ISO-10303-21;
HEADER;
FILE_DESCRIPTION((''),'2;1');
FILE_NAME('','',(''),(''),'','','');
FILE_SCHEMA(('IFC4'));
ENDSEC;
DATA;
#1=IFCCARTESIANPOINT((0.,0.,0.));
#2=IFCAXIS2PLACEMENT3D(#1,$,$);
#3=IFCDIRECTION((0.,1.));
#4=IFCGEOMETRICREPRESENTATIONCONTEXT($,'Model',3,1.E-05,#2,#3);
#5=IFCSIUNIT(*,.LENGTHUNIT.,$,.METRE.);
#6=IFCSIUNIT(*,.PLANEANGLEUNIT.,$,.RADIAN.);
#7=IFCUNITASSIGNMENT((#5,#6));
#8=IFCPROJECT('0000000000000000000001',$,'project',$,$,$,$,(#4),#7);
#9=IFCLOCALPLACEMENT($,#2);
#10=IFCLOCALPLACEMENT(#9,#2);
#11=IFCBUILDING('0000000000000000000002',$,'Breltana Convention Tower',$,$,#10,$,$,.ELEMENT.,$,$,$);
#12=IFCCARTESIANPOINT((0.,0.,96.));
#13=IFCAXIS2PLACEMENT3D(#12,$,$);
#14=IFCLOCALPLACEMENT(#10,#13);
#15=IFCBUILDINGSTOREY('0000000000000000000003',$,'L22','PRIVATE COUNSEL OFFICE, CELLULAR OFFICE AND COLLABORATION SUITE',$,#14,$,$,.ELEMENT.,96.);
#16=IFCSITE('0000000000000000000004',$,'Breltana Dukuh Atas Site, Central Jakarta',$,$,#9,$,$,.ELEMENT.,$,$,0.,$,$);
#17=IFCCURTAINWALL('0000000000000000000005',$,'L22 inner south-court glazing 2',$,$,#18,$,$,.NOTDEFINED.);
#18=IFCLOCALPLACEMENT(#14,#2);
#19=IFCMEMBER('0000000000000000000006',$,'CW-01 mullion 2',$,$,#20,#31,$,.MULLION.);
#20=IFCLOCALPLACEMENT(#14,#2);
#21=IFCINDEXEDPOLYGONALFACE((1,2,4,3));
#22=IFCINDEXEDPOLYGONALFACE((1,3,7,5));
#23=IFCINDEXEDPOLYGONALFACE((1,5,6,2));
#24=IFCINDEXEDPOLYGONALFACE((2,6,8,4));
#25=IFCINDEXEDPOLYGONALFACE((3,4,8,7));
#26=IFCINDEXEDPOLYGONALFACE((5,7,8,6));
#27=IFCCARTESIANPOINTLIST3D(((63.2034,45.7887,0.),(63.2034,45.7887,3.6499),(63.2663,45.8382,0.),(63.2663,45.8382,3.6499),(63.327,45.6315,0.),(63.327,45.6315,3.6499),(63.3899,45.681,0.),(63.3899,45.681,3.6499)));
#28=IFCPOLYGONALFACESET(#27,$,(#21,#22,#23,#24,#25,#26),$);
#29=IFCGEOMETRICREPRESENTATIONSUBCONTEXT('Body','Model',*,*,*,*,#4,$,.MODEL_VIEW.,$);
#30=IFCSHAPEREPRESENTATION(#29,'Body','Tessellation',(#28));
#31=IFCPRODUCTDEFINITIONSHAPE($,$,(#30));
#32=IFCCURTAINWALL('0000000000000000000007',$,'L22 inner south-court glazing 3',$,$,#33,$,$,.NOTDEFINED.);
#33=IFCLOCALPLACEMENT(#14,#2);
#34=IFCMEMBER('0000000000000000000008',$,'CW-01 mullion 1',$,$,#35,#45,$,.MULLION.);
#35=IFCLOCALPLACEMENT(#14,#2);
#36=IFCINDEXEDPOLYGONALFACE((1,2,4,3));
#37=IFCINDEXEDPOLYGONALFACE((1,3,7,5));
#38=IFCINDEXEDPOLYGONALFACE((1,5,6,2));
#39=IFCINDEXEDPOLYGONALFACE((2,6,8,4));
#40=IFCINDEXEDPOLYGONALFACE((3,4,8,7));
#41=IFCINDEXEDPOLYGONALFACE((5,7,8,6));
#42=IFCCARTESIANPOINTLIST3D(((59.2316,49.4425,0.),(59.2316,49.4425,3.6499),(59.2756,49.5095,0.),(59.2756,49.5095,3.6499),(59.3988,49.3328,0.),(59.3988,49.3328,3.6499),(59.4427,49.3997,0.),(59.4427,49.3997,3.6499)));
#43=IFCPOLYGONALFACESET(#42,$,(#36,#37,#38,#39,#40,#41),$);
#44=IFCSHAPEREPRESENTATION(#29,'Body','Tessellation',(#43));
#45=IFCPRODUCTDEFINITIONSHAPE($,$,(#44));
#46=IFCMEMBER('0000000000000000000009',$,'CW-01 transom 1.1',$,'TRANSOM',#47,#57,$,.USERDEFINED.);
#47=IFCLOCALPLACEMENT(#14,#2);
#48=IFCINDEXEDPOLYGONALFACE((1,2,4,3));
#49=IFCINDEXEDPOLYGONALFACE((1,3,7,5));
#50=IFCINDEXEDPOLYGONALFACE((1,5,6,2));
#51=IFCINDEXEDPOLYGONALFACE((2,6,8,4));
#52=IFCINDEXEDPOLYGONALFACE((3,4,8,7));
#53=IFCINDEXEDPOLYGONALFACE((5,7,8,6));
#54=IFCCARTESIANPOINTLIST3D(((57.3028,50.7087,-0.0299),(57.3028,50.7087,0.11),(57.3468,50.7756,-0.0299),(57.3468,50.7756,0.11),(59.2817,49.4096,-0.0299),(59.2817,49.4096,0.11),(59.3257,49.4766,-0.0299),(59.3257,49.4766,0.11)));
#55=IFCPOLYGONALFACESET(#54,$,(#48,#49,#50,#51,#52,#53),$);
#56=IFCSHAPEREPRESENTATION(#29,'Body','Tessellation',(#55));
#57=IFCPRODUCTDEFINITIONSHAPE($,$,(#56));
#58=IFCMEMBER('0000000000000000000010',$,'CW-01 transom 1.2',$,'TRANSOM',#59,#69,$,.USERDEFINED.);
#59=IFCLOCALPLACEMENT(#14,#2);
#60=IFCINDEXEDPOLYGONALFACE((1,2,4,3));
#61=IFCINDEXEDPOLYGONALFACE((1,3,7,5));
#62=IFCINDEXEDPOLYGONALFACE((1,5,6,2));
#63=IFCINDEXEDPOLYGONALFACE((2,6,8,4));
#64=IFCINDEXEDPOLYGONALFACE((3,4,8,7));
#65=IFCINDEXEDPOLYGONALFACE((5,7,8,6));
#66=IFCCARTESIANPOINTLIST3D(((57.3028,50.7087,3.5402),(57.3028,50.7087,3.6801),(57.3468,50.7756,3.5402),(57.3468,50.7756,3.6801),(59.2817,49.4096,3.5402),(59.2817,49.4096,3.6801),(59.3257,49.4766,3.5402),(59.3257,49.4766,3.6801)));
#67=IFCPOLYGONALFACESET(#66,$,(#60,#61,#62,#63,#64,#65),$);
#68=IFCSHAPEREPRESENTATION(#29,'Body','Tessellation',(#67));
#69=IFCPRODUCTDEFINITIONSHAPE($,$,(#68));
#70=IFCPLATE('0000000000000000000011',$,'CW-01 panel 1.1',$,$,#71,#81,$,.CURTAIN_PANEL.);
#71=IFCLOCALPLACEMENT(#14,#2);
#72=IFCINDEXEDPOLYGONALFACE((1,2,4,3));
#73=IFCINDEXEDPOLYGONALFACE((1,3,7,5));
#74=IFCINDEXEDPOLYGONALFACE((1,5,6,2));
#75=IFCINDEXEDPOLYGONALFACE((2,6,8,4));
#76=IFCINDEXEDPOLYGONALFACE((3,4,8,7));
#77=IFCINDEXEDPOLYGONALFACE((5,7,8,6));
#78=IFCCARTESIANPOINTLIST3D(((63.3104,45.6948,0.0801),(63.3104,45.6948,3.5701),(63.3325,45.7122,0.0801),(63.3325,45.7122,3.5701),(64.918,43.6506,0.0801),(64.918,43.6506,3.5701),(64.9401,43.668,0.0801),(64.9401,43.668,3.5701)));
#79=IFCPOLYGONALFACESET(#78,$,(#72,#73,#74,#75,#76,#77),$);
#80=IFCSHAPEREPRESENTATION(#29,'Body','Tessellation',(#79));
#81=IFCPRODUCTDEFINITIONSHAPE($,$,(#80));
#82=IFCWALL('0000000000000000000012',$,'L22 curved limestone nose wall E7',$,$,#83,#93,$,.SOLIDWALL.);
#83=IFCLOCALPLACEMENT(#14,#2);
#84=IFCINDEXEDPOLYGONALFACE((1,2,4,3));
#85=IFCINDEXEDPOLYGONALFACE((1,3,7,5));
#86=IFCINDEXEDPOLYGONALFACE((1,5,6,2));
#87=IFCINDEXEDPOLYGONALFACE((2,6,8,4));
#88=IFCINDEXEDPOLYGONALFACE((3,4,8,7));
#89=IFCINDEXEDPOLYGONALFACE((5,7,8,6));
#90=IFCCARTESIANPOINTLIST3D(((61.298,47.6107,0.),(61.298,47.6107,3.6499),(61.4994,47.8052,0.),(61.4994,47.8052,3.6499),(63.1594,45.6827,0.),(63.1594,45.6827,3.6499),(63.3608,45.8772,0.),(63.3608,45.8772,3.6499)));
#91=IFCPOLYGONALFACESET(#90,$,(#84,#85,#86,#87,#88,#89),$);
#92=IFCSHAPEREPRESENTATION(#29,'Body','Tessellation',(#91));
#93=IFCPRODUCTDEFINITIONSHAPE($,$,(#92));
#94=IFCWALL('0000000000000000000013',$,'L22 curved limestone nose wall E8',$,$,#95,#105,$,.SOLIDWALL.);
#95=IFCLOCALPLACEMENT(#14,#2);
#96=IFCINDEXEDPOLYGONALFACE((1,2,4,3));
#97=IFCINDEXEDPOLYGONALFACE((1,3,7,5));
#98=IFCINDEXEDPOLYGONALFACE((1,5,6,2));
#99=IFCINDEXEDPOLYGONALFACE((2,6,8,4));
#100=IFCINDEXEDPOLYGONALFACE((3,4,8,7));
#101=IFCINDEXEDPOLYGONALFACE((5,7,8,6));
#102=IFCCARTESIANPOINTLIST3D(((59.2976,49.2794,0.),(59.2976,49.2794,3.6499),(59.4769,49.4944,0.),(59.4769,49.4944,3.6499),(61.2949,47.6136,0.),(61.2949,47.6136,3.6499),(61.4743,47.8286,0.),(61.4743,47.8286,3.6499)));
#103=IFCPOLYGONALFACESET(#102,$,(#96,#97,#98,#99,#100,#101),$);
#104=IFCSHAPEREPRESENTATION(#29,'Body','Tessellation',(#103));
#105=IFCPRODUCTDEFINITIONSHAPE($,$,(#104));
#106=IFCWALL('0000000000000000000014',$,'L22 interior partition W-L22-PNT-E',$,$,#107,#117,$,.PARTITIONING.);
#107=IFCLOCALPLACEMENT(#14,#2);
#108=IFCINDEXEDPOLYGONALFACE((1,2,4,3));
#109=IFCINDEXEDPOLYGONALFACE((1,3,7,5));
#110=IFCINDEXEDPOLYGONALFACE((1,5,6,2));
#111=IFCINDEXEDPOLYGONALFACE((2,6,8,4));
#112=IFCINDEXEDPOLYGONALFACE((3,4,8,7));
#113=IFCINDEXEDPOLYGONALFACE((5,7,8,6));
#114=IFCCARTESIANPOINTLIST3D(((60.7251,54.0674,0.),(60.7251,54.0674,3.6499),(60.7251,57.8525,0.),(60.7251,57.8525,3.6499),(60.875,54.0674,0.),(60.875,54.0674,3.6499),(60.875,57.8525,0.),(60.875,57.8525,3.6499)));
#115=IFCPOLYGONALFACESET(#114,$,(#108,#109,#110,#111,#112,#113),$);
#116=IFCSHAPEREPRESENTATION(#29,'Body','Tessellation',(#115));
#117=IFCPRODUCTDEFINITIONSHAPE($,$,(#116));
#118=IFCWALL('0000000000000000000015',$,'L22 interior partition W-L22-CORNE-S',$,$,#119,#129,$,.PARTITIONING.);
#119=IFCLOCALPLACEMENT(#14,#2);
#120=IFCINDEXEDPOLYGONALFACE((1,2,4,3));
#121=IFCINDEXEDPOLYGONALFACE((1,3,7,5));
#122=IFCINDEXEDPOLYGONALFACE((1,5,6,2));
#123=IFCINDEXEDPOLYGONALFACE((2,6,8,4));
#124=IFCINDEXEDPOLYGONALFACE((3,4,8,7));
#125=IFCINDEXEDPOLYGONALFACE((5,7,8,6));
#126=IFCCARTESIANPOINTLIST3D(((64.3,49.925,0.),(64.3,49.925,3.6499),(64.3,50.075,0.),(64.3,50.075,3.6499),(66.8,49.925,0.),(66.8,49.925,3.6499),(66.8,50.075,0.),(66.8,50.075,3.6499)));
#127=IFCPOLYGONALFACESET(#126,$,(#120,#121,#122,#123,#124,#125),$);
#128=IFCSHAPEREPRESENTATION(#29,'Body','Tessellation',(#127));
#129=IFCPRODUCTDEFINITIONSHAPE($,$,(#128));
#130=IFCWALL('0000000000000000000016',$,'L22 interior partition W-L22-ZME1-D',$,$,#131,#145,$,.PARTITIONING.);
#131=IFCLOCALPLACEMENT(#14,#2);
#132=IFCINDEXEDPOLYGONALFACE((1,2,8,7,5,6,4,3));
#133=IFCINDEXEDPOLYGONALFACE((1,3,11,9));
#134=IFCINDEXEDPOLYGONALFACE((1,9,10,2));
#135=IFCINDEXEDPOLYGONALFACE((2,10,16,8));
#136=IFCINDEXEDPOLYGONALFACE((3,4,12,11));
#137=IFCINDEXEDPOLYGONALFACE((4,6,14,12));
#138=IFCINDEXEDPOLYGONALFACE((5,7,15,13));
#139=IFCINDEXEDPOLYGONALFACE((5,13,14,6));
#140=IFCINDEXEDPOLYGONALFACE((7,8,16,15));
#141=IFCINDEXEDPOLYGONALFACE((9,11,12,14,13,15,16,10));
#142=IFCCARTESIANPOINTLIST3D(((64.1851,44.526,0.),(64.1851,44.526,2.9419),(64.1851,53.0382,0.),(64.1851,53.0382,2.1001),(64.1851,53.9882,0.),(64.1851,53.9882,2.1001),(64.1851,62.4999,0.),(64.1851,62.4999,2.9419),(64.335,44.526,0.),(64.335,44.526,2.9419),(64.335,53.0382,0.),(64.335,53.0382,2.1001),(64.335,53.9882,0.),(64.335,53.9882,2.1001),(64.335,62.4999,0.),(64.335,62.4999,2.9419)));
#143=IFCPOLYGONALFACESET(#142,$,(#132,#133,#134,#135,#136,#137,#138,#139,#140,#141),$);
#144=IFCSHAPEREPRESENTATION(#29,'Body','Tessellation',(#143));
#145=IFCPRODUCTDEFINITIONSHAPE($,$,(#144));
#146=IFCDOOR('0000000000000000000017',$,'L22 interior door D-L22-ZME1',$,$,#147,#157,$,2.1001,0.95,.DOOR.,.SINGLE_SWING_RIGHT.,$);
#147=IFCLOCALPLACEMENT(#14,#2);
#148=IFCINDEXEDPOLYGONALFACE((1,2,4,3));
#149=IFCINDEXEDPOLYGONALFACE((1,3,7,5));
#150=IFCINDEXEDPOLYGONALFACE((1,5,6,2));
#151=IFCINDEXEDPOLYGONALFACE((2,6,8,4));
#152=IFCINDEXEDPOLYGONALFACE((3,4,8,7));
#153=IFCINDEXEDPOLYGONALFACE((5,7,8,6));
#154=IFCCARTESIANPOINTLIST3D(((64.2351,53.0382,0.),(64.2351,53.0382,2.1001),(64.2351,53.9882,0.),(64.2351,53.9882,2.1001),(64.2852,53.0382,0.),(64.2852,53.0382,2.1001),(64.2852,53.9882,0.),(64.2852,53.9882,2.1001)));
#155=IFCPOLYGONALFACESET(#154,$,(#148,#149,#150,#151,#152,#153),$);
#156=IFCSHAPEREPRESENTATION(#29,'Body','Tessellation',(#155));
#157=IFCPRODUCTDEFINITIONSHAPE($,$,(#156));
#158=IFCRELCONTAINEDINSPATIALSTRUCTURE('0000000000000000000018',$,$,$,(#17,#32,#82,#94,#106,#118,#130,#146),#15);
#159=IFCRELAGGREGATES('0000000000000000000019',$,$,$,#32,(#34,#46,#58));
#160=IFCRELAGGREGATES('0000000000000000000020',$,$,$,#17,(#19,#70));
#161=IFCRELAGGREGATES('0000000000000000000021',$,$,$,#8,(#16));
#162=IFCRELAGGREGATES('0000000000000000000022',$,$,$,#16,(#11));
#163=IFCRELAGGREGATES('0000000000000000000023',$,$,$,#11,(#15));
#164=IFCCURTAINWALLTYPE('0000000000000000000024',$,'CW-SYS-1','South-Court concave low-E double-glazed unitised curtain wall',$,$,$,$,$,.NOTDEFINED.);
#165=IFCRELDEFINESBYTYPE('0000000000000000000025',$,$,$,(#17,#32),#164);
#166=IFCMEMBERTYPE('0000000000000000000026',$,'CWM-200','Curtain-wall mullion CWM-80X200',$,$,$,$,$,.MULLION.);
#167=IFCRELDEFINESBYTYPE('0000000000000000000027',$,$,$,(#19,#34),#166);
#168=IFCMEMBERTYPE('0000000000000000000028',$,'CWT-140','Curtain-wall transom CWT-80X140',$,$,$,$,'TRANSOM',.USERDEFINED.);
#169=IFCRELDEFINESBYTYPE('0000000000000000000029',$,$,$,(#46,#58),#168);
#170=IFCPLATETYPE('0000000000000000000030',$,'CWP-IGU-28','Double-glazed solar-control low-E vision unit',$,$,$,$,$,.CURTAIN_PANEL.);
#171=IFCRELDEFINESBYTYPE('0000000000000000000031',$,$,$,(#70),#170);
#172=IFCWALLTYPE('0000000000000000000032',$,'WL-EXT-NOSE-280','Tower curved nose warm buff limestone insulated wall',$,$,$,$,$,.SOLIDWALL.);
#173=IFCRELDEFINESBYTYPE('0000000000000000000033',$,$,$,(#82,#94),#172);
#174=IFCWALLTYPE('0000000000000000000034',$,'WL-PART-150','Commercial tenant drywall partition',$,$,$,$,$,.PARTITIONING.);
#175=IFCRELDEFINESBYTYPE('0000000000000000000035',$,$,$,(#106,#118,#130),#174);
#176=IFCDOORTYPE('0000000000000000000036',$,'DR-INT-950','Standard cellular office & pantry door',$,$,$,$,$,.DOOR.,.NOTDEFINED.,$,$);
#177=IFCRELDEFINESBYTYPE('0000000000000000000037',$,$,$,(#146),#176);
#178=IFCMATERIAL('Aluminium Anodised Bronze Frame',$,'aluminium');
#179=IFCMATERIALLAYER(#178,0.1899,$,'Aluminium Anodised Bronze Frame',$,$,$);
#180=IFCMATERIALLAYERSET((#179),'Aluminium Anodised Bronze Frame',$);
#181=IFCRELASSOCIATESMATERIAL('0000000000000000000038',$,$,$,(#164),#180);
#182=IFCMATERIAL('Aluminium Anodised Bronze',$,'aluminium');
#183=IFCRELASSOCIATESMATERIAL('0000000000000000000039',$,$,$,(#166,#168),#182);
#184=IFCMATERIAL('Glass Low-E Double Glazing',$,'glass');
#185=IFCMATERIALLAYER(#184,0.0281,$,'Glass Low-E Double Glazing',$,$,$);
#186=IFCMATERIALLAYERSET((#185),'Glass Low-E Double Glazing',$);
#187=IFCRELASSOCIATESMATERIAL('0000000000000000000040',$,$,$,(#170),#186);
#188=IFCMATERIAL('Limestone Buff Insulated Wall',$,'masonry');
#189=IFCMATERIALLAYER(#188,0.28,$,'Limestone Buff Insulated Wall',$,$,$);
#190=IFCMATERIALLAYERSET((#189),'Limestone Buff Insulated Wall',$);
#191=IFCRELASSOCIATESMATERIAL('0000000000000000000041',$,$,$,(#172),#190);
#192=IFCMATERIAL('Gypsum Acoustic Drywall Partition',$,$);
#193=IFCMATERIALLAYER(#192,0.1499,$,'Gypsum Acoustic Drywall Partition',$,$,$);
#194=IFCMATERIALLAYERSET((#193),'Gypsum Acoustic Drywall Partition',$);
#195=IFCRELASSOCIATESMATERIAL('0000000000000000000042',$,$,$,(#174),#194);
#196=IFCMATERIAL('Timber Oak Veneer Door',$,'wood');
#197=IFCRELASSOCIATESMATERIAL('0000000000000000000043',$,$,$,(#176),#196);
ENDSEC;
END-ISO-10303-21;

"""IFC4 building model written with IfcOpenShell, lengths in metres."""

from ifc_helpers import new_model, si_unit, direction, frame, frame_2d, origin, origin_2d, place, context, subcontext, project, spatial, rectangle, extrude, source, transform, mapped, material, layer, layer_set, material_profile, profile_set, type_object, type_shapes, element, fill, aggregate, save


model = new_model("IFC4")

# Units and contexts
model_context = context("Model", 3, precision=1e-05, world=origin(), true_north=direction((0.0, 1.0)))
body_context = subcontext(model_context, "Body", "Model", "MODEL_VIEW")
ifc_project = project(units=[si_unit("LENGTHUNIT", "METRE"), si_unit("PLANEANGLEUNIT", "RADIAN")], contexts=[model_context])

# Site, building, storey
site_placement = place(None, origin())
site = spatial("IfcSite", under=ifc_project, at=site_placement, Name="Breltana Dukuh Atas Site, Central Jakarta", CompositionType="ELEMENT", RefElevation=0.0)
building_placement = place(site_placement, origin())
building = spatial("IfcBuilding", under=site, at=building_placement, Name="Breltana Convention Tower", CompositionType="ELEMENT")
storey_placement = place(building_placement, frame((0.0, 0.0, 96.0)))
storey = spatial("IfcBuildingStorey", under=building, at=storey_placement, Name="L22", Description="PRIVATE COUNSEL OFFICE, CELLULAR OFFICE AND COLLABORATION SUITE", CompositionType="ELEMENT", Elevation=96.0)

# Curtain wall, member
ifc_material_1 = material(Name="Aluminium Anodised Bronze Frame", Category="aluminium")
ifc_layer_1 = layer(ifc_material_1, 0.1899, Name="Aluminium Anodised Bronze Frame")
ifc_layer_set_1 = layer_set([ifc_layer_1], Name="Aluminium Anodised Bronze Frame")
curtain_wall_type = type_object("IfcCurtainWallType", Name="CW-SYS-1", Description="South-Court concave low-E double-glazed unitised curtain wall", PredefinedType="NOTDEFINED", material=ifc_layer_set_1)
curtain_wall_1_placement = place(storey_placement, origin())
curtain_wall_1 = element("IfcCurtainWall", 1, at=curtain_wall_1_placement, inside=storey, type_object=curtain_wall_type, Name="L22 inner south-court glazing 2", PredefinedType="NOTDEFINED")
ifc_material_2 = material(Name="Aluminium Anodised Bronze", Category="aluminium")
ifc_material_profile_1 = material_profile(ifc_material_2, rectangle(XDim=0.0801, YDim=0.2, at=origin_2d()), Name="CWM-80X200")
ifc_profile_set_1 = profile_set([ifc_material_profile_1], Name="Aluminium Anodised Bronze")
member_type_1 = type_object("IfcMemberType", Name="CWM-200", Description="Curtain-wall mullion CWM-80X200", PredefinedType="MULLION", material=ifc_profile_set_1)
shared_shape_1 = source(origin(), body_context, "Body", "SweptSolid", [
    extrude(rectangle(XDim=0.0801, YDim=0.2, at=origin_2d()), origin(), (0.0, 0.0, 1.0), 3.6499),
])
member_1_placement = place(storey_placement, frame((63.2966, 45.7349, 0.0), z_axis=(0.0, 0.0, 1.0), x_axis=(-0.786054, -0.618157, 0.0)))
member_1 = element("IfcMember", 2, at=member_1_placement, type_object=member_type_1, Name="CW-01 mullion 2", PredefinedType="MULLION", context=body_context, shape_type="MappedRepresentation", body=[
    mapped(shared_shape_1, transform((0.0, 0.0, 0.0), scale=1.0)),
])

# Curtain wall, members
curtain_wall_2_placement = place(storey_placement, origin())
curtain_wall_2 = element("IfcCurtainWall", 3, at=curtain_wall_2_placement, inside=storey, type_object=curtain_wall_type, Name="L22 inner south-court glazing 3", PredefinedType="NOTDEFINED")
member_2_placement = place(storey_placement, frame((59.3372, 49.4211, 0.0), z_axis=(0.0, 0.0, 1.0), x_axis=(-0.548778, -0.835968, 0.0)))
member_2 = element("IfcMember", 4, at=member_2_placement, type_object=member_type_1, Name="CW-01 mullion 1", PredefinedType="MULLION", context=body_context, shape_type="MappedRepresentation", body=[
    mapped(shared_shape_1, transform((0.0, 0.0, 0.0), scale=1.0)),
])
ifc_material_profile_2 = material_profile(ifc_material_2, rectangle(XDim=0.0801, YDim=0.1399, at=origin_2d()), Name="CWT-80X140")
ifc_profile_set_2 = profile_set([ifc_material_profile_2], Name="Aluminium Anodised Bronze")
member_type_2 = type_object("IfcMemberType", Name="CWT-140", Description="Curtain-wall transom CWT-80X140", ElementType="TRANSOM", PredefinedType="USERDEFINED", material=ifc_profile_set_2)
shared_shape_2 = source(origin(), body_context, "Body", "SweptSolid", [
    extrude(rectangle(XDim=0.0801, YDim=0.1399, at=origin_2d()), origin(), (0.0, 0.0, 1.0), 2.3672),
])
member_3_placement = place(storey_placement, frame((59.3037, 49.4431, 0.04), z_axis=(-0.83598, 0.54876, 0.0), x_axis=(-0.54876, -0.83598, 0.0)))
member_3 = element("IfcMember", 5, at=member_3_placement, type_object=member_type_2, Name="CW-01 transom 1.1", ObjectType="TRANSOM", PredefinedType="USERDEFINED", context=body_context, shape_type="MappedRepresentation", body=[
    mapped(shared_shape_2, transform((0.0, 0.0, 0.0), scale=1.0)),
])
member_4_placement = place(storey_placement, frame((59.3037, 49.4431, 3.6101), z_axis=(-0.83598, 0.54876, 0.0), x_axis=(-0.54876, -0.83598, 0.0)))
member_4 = element("IfcMember", 6, at=member_4_placement, type_object=member_type_2, Name="CW-01 transom 1.2", ObjectType="TRANSOM", PredefinedType="USERDEFINED", context=body_context, shape_type="MappedRepresentation", body=[
    mapped(shared_shape_2, transform((0.0, 0.0, 0.0), scale=1.0)),
])
aggregate(curtain_wall_2, [member_2, member_3, member_4])

# Plate
ifc_material_3 = material(Name="Glass Low-E Double Glazing", Category="glass")
ifc_layer_2 = layer(ifc_material_3, 0.0281, Name="Glass Low-E Double Glazing")
ifc_layer_set_2 = layer_set([ifc_layer_2], Name="Glass Low-E Double Glazing")
plate_type = type_object("IfcPlateType", Name="CWP-IGU-28", Description="Double-glazed solar-control low-E vision unit", PredefinedType="CURTAIN_PANEL", material=ifc_layer_set_2)
shared_shape_3 = source(origin(), body_context, "Body", "SweptSolid", [
    extrude(rectangle(XDim=2.6006, YDim=0.0281, at=origin_2d()), origin(), (0.0, 0.0, 1.0), 3.49),
])
plate_placement = place(storey_placement, frame((64.1252, 44.6814, 0.0801), z_axis=(0.0, 0.0, 1.0), x_axis=(-0.618157, 0.786054, 0.0)))
plate = element("IfcPlate", 7, at=plate_placement, type_object=plate_type, Name="CW-01 panel 1.1", PredefinedType="CURTAIN_PANEL", context=body_context, shape_type="MappedRepresentation", body=[
    mapped(shared_shape_3, transform((0.0, 0.0, 0.0), scale=1.0)),
])
aggregate(curtain_wall_1, [member_1, plate])

# Walls
ifc_material_4 = material(Name="Limestone Buff Insulated Wall", Category="masonry")
ifc_layer_3 = layer(ifc_material_4, 0.28, Name="Limestone Buff Insulated Wall")
ifc_layer_set_3 = layer_set([ifc_layer_3], Name="Limestone Buff Insulated Wall")
wall_type_1 = type_object("IfcWallType", Name="WL-EXT-NOSE-280", Description="Tower curved nose warm buff limestone insulated wall", PredefinedType="SOLIDWALL", material=ifc_layer_set_3)
shared_shape_4 = source(origin(), body_context, "Body", "SweptSolid", [
    extrude(rectangle(XDim=2.6799, YDim=0.28, at=frame_2d((1.3398, 0.0))), origin(), (0.0, 0.0, 1.0), 3.6499),
])
wall_1_placement = place(storey_placement, frame((63.26, 45.78, 0.0), z_axis=(0.0, 0.0, 1.0), x_axis=(-0.694562, 0.719433, 0.0)))
element("IfcWall", 8, at=wall_1_placement, inside=storey, type_object=wall_type_1, Name="L22 curved limestone nose wall E7", PredefinedType="SOLIDWALL", context=body_context, shape_type="MappedRepresentation", body=[
    mapped(shared_shape_4, transform((0.0, 0.0, 0.0), scale=1.0)),
])
shared_shape_5 = source(origin(), body_context, "Body", "SweptSolid", [
    extrude(rectangle(XDim=2.6008, YDim=0.28, at=frame_2d((1.3003, 0.0))), origin(), (0.0, 0.0, 1.0), 3.6499),
])
wall_2_placement = place(storey_placement, frame((61.3845, 47.7212, 0.0), z_axis=(0.0, 0.0, 1.0), x_axis=(-0.767967, 0.640489, 0.0)))
element("IfcWall", 9, at=wall_2_placement, inside=storey, type_object=wall_type_1, Name="L22 curved limestone nose wall E8", PredefinedType="SOLIDWALL", context=body_context, shape_type="MappedRepresentation", body=[
    mapped(shared_shape_5, transform((0.0, 0.0, 0.0), scale=1.0)),
])
ifc_material_5 = material(Name="Gypsum Acoustic Drywall Partition")
ifc_layer_4 = layer(ifc_material_5, 0.1499, Name="Gypsum Acoustic Drywall Partition")
ifc_layer_set_4 = layer_set([ifc_layer_4], Name="Gypsum Acoustic Drywall Partition")
wall_type_2 = type_object("IfcWallType", Name="WL-PART-150", Description="Commercial tenant drywall partition", PredefinedType="PARTITIONING", material=ifc_layer_set_4)
shared_shape_6 = source(origin(), body_context, "Body", "SweptSolid", [
    extrude(rectangle(XDim=3.7852, YDim=0.1499, at=frame_2d((1.8926, 0.0))), origin(), (0.0, 0.0, 1.0), 3.6499),
])
wall_3_placement = place(storey_placement, frame((60.8, 54.0674, 0.0), z_axis=(0.0, 0.0, 1.0), x_axis=(0.0, 1.0, 0.0)))
element("IfcWall", 10, at=wall_3_placement, inside=storey, type_object=wall_type_2, Name="L22 interior partition W-L22-PNT-E", PredefinedType="PARTITIONING", context=body_context, shape_type="MappedRepresentation", body=[
    mapped(shared_shape_6, transform((0.0, 0.0, 0.0), scale=1.0)),
])
shared_shape_7 = source(origin(), body_context, "Body", "SweptSolid", [
    extrude(rectangle(XDim=2.5, YDim=0.1499, at=frame_2d((1.25, 0.0))), origin(), (0.0, 0.0, 1.0), 3.6499),
])
wall_4_placement = place(storey_placement, frame((64.3, 50.0, 0.0), z_axis=(0.0, 0.0, 1.0), x_axis=(1.0, 0.0, 0.0)))
element("IfcWall", 11, at=wall_4_placement, inside=storey, type_object=wall_type_2, Name="L22 interior partition W-L22-CORNE-S", PredefinedType="PARTITIONING", context=body_context, shape_type="MappedRepresentation", body=[
    mapped(shared_shape_7, transform((0.0, 0.0, 0.0), scale=1.0)),
])

# Wall, opening, door
shared_shape_8 = source(origin(), body_context, "Body", "SweptSolid", [
    extrude(rectangle(XDim=17.9739, YDim=0.1499, at=frame_2d((8.9868, 0.0))), origin(), (0.0, 0.0, 1.0), 2.9419),
])
wall_5_placement = place(storey_placement, frame((64.26, 44.5261, 0.0), z_axis=(0.0, 0.0, 1.0), x_axis=(0.0, 1.0, 0.0)))
wall_5 = element("IfcWall", 12, at=wall_5_placement, inside=storey, type_object=wall_type_2, Name="L22 interior partition W-L22-ZME1-D", PredefinedType="PARTITIONING", context=body_context, shape_type="MappedRepresentation", body=[
    mapped(shared_shape_8, transform((0.0, 0.0, 0.0), scale=1.0)),
])
opening_placement = place(wall_5_placement, frame((8.512, 0.0, 0.0)))
opening = element("IfcOpeningElement", 13, at=opening_placement, cuts=wall_5, PredefinedType="OPENING", context=body_context, shape_type="SweptSolid", body=[
    extrude(rectangle(XDim=0.95, YDim=2.1001, at=frame_2d((0.4751, 1.05))), frame((0.0, 0.085, 0.0), z_axis=(0.0, -1.0, 0.0), x_axis=(1.0, 0.0, 0.0)), (0.0, 0.0, 1.0), 0.1699),
])
ifc_material_6 = material(Name="Timber Oak Veneer Door", Category="wood")
door_type = type_object("IfcDoorType", Name="DR-INT-950", Description="Standard cellular office & pantry door", OperationType="NOTDEFINED", PredefinedType="DOOR", material=ifc_material_6)
shared_shape_9 = source(origin(), body_context, "Body", "SweptSolid", [
    extrude(rectangle(XDim=0.95, YDim=2.1001, at=frame_2d((0.4751, 1.05))), frame((0.0, 0.0249, 0.0), z_axis=(0.0, -1.0, 0.0), x_axis=(1.0, 0.0, 0.0)), (0.0, 0.0, 1.0), 0.05),
])
type_shapes(door_type, [shared_shape_9])
door_placement = place(opening_placement, origin())
door = element("IfcDoor", 14, at=door_placement, inside=storey, type_object=door_type, Name="L22 interior door D-L22-ZME1", OperationType="SINGLE_SWING_RIGHT", OverallHeight=2.1001, OverallWidth=0.95, PredefinedType="DOOR", context=body_context, shape_type="MappedRepresentation", body=[
    mapped(shared_shape_9, transform((0.0, 0.0, 0.0), scale=1.0)),
])
fill(opening, door)

save(model, "model.ifc")
